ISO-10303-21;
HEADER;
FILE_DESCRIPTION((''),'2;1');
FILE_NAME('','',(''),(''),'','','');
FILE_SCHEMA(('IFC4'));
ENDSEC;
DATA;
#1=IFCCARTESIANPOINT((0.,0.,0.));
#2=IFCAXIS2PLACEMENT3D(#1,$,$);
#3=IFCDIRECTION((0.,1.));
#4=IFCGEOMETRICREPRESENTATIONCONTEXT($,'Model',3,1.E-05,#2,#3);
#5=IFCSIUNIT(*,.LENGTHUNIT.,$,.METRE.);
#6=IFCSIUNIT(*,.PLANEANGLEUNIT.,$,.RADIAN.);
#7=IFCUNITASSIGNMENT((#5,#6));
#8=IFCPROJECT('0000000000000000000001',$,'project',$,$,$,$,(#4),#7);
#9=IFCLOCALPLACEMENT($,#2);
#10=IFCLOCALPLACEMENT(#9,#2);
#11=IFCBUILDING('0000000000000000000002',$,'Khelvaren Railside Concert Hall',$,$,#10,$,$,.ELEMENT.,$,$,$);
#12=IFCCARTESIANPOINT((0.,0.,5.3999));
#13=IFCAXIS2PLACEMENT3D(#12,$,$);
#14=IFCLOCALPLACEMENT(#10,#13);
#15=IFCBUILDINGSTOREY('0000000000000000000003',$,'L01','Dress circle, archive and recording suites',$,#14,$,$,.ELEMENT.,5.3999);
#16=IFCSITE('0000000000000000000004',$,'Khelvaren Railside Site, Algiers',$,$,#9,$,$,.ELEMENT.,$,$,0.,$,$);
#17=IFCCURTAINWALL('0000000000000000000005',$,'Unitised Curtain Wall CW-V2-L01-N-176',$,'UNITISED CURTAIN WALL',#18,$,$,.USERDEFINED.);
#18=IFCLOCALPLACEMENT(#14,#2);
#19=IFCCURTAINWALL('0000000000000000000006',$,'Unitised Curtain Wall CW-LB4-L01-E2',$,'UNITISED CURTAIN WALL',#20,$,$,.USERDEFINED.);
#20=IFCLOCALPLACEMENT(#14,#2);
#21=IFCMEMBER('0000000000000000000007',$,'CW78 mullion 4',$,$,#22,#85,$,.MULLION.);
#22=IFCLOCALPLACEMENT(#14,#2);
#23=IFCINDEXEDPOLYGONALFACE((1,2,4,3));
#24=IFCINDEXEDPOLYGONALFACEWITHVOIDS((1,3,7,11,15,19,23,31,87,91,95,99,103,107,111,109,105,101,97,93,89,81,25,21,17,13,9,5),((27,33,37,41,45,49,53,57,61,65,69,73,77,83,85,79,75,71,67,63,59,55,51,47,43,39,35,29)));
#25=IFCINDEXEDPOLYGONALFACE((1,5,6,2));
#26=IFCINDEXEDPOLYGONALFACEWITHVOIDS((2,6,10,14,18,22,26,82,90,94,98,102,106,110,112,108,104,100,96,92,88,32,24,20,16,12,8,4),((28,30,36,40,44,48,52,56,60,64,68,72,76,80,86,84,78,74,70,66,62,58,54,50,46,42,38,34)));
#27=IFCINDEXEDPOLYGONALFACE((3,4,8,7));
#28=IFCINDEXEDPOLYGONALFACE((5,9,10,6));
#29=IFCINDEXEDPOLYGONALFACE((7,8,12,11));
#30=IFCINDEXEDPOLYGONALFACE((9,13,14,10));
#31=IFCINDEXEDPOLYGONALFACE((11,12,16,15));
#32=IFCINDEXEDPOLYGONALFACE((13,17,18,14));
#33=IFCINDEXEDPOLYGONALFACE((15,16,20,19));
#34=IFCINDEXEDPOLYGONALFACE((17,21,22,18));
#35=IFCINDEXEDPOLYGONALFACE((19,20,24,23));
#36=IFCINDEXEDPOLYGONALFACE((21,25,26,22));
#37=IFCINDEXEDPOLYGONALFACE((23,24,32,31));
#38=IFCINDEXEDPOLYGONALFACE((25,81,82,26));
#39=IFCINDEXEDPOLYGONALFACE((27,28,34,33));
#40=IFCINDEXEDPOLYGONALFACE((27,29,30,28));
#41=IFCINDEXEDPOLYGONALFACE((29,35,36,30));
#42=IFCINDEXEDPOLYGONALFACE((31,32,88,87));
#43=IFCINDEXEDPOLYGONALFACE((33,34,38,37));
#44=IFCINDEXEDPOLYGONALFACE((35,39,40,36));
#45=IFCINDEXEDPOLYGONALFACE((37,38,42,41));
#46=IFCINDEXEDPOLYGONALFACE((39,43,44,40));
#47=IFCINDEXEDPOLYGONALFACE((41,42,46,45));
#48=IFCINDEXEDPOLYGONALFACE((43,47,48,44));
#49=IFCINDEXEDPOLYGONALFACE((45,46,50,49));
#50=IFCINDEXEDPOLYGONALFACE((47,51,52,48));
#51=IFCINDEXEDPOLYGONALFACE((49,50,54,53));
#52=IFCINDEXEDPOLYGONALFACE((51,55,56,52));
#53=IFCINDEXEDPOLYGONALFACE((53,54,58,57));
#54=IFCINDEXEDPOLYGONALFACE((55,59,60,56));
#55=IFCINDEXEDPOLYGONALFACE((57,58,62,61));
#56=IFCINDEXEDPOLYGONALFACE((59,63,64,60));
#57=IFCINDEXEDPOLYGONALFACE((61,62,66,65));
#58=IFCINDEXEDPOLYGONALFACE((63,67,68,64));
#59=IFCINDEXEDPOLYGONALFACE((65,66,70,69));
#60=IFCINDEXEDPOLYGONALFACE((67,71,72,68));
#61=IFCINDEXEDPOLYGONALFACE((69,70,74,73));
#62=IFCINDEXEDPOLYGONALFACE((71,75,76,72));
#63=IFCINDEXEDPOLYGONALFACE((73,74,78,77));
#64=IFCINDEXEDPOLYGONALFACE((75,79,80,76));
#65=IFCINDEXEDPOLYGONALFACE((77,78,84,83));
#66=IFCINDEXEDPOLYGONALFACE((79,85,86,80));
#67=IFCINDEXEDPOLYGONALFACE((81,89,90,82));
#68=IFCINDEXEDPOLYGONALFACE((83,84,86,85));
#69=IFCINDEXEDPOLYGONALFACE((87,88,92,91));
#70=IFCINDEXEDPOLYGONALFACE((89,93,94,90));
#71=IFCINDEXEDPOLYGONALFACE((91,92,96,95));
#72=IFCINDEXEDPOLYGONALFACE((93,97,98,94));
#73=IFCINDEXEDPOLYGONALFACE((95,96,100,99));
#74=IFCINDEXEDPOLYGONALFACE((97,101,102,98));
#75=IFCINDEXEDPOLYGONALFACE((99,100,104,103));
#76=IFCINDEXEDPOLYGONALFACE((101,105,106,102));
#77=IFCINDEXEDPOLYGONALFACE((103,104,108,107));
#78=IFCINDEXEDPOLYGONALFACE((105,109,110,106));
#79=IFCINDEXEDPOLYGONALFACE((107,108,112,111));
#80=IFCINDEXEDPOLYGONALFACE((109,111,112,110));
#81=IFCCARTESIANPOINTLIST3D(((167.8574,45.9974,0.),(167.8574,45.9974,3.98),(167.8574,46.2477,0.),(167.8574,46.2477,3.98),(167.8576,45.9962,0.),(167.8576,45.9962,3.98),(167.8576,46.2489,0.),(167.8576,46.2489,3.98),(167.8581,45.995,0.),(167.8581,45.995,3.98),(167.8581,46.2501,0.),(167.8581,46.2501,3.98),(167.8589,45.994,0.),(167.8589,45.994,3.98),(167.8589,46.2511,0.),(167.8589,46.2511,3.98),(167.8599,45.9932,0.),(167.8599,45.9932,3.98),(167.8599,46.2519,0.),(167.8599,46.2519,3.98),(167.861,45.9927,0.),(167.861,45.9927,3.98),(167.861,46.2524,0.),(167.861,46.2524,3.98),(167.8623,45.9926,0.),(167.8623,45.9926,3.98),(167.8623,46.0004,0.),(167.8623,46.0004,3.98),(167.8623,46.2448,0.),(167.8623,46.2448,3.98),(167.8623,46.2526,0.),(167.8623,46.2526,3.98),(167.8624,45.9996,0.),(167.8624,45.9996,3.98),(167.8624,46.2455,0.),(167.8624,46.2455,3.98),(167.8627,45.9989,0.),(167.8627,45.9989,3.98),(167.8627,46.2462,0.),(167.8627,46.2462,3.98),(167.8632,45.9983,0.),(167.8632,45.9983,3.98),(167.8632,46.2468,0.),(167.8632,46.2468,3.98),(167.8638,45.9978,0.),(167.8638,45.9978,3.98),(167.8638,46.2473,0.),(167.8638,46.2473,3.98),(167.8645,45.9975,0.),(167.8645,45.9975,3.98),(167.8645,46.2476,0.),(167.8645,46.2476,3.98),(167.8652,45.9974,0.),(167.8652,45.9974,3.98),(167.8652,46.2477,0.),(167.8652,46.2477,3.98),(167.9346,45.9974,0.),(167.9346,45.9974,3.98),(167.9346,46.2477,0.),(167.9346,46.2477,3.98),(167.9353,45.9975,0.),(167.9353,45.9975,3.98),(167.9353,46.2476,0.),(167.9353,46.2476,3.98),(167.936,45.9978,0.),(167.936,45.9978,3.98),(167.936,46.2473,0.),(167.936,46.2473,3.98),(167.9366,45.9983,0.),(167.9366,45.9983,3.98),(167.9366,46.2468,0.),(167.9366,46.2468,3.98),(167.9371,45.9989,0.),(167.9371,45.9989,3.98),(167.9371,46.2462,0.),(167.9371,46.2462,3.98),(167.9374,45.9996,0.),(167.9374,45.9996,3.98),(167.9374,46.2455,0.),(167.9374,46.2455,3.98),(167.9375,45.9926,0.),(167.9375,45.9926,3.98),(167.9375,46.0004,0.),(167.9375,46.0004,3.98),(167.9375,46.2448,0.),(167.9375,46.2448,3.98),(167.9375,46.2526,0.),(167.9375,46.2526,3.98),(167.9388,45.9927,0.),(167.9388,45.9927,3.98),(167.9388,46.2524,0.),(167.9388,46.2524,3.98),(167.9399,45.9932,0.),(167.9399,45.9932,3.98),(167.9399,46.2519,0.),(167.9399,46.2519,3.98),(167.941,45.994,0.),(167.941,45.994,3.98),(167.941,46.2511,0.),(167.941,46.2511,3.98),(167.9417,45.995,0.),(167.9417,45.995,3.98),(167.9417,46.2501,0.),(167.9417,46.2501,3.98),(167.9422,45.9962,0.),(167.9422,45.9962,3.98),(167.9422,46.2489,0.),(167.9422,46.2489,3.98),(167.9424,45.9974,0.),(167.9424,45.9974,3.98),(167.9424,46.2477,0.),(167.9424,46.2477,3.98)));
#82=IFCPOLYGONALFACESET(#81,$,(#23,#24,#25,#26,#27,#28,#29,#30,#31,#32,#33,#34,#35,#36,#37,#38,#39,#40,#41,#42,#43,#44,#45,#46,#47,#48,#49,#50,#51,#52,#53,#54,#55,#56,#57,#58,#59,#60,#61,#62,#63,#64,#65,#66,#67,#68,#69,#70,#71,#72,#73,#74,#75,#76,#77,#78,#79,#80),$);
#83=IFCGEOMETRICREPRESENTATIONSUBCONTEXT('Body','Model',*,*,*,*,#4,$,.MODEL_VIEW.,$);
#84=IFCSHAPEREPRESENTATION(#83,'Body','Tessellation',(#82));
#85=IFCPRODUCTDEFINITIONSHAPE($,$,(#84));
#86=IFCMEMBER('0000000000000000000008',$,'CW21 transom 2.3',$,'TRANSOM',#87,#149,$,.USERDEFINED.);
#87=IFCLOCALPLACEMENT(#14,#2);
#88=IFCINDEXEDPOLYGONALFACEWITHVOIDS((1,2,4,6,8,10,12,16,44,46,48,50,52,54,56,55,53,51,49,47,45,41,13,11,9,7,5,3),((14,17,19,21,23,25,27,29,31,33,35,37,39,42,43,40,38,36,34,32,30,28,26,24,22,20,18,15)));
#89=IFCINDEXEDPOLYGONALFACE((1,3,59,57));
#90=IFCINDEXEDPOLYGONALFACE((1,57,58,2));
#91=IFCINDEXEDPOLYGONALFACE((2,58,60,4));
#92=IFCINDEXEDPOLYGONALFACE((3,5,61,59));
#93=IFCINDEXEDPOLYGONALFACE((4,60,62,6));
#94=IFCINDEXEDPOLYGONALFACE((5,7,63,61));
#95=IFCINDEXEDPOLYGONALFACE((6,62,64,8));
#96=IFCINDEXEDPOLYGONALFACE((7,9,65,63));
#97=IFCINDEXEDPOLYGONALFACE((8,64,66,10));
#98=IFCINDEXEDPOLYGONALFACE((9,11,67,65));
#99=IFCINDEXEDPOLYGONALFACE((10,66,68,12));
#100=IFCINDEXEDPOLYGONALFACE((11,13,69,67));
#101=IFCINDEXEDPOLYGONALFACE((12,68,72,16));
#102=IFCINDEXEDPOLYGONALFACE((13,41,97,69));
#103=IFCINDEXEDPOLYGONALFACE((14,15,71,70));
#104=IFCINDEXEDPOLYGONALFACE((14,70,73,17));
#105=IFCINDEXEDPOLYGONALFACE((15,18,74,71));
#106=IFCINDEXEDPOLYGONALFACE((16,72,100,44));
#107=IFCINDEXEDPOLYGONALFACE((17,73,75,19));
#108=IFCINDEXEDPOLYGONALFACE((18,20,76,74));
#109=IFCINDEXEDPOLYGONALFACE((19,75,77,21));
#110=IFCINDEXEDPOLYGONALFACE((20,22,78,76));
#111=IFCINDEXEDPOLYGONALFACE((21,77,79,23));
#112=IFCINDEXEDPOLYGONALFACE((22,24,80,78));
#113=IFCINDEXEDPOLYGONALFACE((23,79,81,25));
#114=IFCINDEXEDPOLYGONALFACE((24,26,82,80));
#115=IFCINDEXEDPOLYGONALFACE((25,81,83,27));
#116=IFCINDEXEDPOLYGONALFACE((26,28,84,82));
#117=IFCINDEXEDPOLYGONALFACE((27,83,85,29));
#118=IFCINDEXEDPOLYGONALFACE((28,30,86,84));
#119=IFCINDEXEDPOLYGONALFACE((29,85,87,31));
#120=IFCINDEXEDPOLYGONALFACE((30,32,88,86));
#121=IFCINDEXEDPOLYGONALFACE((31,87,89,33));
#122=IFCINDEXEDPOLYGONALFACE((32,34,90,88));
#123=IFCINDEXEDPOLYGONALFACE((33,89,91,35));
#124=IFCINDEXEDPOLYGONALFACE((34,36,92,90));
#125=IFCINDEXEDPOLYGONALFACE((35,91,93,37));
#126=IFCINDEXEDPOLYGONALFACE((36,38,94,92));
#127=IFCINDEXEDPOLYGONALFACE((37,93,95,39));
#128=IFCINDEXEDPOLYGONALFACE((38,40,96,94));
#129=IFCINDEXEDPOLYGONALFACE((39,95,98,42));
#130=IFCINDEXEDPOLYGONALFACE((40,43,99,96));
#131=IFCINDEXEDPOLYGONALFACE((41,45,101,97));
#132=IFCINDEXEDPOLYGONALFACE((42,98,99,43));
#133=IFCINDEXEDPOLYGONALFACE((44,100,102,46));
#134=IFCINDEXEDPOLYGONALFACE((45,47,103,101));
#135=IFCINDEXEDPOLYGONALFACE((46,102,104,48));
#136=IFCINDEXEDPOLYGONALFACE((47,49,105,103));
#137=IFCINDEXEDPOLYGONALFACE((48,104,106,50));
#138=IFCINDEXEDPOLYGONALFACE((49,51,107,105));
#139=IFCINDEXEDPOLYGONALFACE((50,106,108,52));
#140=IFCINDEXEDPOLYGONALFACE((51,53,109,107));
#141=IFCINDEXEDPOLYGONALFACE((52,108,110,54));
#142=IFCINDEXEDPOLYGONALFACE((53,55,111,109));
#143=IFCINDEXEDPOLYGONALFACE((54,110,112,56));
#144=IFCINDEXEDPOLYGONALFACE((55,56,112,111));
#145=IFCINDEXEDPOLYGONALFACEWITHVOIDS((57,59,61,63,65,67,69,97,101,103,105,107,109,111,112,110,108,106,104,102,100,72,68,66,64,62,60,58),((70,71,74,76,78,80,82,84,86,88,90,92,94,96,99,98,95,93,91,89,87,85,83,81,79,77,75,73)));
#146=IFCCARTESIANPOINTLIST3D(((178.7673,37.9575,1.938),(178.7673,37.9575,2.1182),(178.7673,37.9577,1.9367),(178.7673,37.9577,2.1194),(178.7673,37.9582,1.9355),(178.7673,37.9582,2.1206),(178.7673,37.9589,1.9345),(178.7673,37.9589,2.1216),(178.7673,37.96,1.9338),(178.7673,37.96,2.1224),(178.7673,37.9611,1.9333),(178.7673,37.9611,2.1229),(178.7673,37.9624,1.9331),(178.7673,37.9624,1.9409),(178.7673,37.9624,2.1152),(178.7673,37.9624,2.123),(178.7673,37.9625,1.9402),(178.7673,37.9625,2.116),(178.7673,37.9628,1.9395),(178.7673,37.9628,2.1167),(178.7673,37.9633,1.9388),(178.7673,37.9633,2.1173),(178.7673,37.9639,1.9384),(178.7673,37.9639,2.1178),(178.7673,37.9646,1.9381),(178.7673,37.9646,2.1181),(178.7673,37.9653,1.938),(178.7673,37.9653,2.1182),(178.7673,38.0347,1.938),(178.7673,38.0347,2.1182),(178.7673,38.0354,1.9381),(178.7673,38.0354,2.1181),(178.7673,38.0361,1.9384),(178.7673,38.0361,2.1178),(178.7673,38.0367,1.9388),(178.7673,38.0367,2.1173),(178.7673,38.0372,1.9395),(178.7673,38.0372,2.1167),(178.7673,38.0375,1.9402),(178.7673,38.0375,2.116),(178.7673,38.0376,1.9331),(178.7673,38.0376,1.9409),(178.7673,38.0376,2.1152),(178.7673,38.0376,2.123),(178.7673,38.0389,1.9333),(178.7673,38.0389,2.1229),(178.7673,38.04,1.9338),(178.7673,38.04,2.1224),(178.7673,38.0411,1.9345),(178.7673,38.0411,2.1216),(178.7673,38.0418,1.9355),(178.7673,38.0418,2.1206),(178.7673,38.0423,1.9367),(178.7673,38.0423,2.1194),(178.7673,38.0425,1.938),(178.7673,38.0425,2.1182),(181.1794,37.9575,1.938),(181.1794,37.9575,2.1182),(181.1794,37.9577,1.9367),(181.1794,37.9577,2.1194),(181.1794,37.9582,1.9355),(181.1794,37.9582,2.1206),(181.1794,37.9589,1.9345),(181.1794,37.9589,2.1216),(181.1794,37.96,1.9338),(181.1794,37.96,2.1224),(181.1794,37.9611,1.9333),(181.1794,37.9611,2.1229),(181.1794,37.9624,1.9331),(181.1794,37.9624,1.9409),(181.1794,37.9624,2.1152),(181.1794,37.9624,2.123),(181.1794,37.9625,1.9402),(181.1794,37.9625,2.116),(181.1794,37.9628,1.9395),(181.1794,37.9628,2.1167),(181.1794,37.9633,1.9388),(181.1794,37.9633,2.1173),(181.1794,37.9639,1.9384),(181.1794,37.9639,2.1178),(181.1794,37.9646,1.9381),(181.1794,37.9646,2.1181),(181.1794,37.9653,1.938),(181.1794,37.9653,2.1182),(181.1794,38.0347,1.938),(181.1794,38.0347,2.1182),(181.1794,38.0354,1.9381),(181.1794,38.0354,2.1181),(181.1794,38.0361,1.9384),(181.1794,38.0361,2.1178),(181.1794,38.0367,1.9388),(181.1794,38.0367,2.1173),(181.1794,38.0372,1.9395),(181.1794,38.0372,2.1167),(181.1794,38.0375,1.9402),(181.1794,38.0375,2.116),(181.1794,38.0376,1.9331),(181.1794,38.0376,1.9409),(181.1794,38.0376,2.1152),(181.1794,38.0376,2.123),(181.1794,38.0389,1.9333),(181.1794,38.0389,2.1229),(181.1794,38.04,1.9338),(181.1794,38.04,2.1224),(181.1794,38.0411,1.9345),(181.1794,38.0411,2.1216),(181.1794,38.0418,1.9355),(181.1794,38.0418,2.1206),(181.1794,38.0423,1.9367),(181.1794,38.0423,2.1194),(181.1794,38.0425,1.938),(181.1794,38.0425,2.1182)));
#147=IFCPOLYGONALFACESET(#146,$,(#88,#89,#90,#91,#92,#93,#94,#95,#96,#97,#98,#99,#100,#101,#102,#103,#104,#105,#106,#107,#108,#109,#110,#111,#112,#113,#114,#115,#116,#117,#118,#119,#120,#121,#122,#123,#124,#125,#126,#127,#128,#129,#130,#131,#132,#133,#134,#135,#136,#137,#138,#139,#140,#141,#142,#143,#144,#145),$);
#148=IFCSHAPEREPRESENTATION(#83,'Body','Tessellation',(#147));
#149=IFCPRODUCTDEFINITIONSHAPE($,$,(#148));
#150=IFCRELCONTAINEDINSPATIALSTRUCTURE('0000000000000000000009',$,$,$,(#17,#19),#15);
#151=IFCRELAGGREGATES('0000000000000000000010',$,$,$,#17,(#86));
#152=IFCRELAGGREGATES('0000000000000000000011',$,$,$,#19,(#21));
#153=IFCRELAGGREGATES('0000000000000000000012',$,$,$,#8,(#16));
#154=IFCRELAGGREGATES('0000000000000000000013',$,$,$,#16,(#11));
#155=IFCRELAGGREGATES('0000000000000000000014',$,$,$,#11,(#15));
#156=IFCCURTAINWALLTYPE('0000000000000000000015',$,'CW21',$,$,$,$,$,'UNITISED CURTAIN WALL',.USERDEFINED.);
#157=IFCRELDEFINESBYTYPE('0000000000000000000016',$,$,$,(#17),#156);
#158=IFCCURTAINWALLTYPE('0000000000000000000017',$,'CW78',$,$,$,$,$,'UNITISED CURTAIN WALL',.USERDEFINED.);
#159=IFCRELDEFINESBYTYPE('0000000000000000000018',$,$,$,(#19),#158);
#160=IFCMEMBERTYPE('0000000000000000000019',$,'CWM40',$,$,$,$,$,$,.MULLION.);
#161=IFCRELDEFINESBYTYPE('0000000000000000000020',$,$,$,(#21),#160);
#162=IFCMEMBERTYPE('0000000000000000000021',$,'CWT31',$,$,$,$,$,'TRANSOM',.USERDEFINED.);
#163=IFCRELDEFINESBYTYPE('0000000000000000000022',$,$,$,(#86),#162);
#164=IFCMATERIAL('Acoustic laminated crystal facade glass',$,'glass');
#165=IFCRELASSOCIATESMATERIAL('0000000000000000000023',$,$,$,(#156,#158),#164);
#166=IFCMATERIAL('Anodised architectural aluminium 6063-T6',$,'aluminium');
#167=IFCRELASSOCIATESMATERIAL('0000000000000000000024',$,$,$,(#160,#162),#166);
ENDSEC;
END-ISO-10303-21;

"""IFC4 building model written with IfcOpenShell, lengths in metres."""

from ifc_helpers import new_model, si_unit, direction, frame, origin, origin_2d, place, context, subcontext, project, spatial, hollow_rectangle, extrude, material, material_profile, profile_set, type_object, element, aggregate, save


model = new_model("IFC4")

# Units and contexts
model_context = context("Model", 3, precision=1e-05, world=origin(), true_north=direction((0.0, 1.0)))
body_context = subcontext(model_context, "Body", "Model", "MODEL_VIEW")
ifc_project = project(units=[si_unit("LENGTHUNIT", "METRE"), si_unit("PLANEANGLEUNIT", "RADIAN")], contexts=[model_context])

# Site, building, storey
site_placement = place(None, origin())
site = spatial("IfcSite", under=ifc_project, at=site_placement, Name="Khelvaren Railside Site, Algiers", CompositionType="ELEMENT", RefElevation=0.0)
building_placement = place(site_placement, origin())
building = spatial("IfcBuilding", under=site, at=building_placement, Name="Khelvaren Railside Concert Hall", CompositionType="ELEMENT")
storey_placement = place(building_placement, frame((0.0, 0.0, 5.3999)))
storey = spatial("IfcBuildingStorey", under=building, at=storey_placement, Name="L01", Description="Dress circle, archive and recording suites", CompositionType="ELEMENT", Elevation=5.3999)

# Curtain wall
ifc_material_1 = material(Name="Acoustic laminated crystal facade glass", Category="glass")
curtain_wall_type_1 = type_object("IfcCurtainWallType", Name="CW21", ElementType="UNITISED CURTAIN WALL", PredefinedType="USERDEFINED", material=ifc_material_1)
curtain_wall_1_placement = place(storey_placement, origin())
curtain_wall_1 = element("IfcCurtainWall", 1, at=curtain_wall_1_placement, inside=storey, type_object=curtain_wall_type_1, Name="Unitised Curtain Wall CW-V2-L01-N-176", ObjectType="UNITISED CURTAIN WALL", PredefinedType="USERDEFINED")
ifc_material_2 = material(Name="Anodised architectural aluminium 6063-T6", Category="aluminium")
ifc_material_profile_1 = material_profile(ifc_material_2, hollow_rectangle(XDim=0.085, YDim=0.26, WallThickness=0.0049, InnerFilletRadius=0.0029, OuterFilletRadius=0.0049, at=origin_2d()), Name="CWM 85x260x5")
ifc_profile_set_1 = profile_set([ifc_material_profile_1], Name="Anodised architectural aluminium 6063-T6")
member_type_1 = type_object("IfcMemberType", Name="CWM40", PredefinedType="MULLION", material=ifc_profile_set_1)

# Curtain wall, member
curtain_wall_type_2 = type_object("IfcCurtainWallType", Name="CW78", ElementType="UNITISED CURTAIN WALL", PredefinedType="USERDEFINED", material=ifc_material_1)
curtain_wall_2_placement = place(storey_placement, origin())
curtain_wall_2 = element("IfcCurtainWall", 2, at=curtain_wall_2_placement, inside=storey, type_object=curtain_wall_type_2, Name="Unitised Curtain Wall CW-LB4-L01-E2", ObjectType="UNITISED CURTAIN WALL", PredefinedType="USERDEFINED")
member_1_placement = place(storey_placement, frame((167.8999, 46.1226, 0.0), z_axis=(0.0, 0.0, 1.0), x_axis=(1.0, 0.0, 0.0)))
member_1 = element("IfcMember", 3, at=member_1_placement, type_object=member_type_1, Name="CW78 mullion 4", PredefinedType="MULLION", context=body_context, shape_type="SweptSolid", body=[
    extrude(hollow_rectangle(XDim=0.085, YDim=0.26, WallThickness=0.0049, InnerFilletRadius=0.0029, OuterFilletRadius=0.0049, at=origin_2d()), origin(), (0.0, 0.0, 1.0), 3.98),
])

# Member
ifc_material_profile_2 = material_profile(ifc_material_2, hollow_rectangle(XDim=0.085, YDim=0.1899, WallThickness=0.0049, InnerFilletRadius=0.0029, OuterFilletRadius=0.0049, at=origin_2d()), Name="CWT 85x190x5")
ifc_profile_set_2 = profile_set([ifc_material_profile_2], Name="Anodised architectural aluminium 6063-T6")
member_type_2 = type_object("IfcMemberType", Name="CWT31", ElementType="TRANSOM", PredefinedType="USERDEFINED", material=ifc_profile_set_2)
member_2_placement = place(storey_placement, frame((178.7673, 38.0, 2.0281), z_axis=(1.0, 0.0, 0.0), x_axis=(0.0, 1.0, 0.0)))
member_2 = element("IfcMember", 4, at=member_2_placement, type_object=member_type_2, Name="CW21 transom 2.3", ObjectType="TRANSOM", PredefinedType="USERDEFINED", context=body_context, shape_type="SweptSolid", body=[
    extrude(hollow_rectangle(XDim=0.085, YDim=0.1899, WallThickness=0.0049, InnerFilletRadius=0.0029, OuterFilletRadius=0.0049, at=origin_2d()), origin(), (0.0, 0.0, 1.0), 2.4121),
])

aggregate(curtain_wall_1, [member_2])
aggregate(curtain_wall_2, [member_1])

save(model, "model.ifc")
